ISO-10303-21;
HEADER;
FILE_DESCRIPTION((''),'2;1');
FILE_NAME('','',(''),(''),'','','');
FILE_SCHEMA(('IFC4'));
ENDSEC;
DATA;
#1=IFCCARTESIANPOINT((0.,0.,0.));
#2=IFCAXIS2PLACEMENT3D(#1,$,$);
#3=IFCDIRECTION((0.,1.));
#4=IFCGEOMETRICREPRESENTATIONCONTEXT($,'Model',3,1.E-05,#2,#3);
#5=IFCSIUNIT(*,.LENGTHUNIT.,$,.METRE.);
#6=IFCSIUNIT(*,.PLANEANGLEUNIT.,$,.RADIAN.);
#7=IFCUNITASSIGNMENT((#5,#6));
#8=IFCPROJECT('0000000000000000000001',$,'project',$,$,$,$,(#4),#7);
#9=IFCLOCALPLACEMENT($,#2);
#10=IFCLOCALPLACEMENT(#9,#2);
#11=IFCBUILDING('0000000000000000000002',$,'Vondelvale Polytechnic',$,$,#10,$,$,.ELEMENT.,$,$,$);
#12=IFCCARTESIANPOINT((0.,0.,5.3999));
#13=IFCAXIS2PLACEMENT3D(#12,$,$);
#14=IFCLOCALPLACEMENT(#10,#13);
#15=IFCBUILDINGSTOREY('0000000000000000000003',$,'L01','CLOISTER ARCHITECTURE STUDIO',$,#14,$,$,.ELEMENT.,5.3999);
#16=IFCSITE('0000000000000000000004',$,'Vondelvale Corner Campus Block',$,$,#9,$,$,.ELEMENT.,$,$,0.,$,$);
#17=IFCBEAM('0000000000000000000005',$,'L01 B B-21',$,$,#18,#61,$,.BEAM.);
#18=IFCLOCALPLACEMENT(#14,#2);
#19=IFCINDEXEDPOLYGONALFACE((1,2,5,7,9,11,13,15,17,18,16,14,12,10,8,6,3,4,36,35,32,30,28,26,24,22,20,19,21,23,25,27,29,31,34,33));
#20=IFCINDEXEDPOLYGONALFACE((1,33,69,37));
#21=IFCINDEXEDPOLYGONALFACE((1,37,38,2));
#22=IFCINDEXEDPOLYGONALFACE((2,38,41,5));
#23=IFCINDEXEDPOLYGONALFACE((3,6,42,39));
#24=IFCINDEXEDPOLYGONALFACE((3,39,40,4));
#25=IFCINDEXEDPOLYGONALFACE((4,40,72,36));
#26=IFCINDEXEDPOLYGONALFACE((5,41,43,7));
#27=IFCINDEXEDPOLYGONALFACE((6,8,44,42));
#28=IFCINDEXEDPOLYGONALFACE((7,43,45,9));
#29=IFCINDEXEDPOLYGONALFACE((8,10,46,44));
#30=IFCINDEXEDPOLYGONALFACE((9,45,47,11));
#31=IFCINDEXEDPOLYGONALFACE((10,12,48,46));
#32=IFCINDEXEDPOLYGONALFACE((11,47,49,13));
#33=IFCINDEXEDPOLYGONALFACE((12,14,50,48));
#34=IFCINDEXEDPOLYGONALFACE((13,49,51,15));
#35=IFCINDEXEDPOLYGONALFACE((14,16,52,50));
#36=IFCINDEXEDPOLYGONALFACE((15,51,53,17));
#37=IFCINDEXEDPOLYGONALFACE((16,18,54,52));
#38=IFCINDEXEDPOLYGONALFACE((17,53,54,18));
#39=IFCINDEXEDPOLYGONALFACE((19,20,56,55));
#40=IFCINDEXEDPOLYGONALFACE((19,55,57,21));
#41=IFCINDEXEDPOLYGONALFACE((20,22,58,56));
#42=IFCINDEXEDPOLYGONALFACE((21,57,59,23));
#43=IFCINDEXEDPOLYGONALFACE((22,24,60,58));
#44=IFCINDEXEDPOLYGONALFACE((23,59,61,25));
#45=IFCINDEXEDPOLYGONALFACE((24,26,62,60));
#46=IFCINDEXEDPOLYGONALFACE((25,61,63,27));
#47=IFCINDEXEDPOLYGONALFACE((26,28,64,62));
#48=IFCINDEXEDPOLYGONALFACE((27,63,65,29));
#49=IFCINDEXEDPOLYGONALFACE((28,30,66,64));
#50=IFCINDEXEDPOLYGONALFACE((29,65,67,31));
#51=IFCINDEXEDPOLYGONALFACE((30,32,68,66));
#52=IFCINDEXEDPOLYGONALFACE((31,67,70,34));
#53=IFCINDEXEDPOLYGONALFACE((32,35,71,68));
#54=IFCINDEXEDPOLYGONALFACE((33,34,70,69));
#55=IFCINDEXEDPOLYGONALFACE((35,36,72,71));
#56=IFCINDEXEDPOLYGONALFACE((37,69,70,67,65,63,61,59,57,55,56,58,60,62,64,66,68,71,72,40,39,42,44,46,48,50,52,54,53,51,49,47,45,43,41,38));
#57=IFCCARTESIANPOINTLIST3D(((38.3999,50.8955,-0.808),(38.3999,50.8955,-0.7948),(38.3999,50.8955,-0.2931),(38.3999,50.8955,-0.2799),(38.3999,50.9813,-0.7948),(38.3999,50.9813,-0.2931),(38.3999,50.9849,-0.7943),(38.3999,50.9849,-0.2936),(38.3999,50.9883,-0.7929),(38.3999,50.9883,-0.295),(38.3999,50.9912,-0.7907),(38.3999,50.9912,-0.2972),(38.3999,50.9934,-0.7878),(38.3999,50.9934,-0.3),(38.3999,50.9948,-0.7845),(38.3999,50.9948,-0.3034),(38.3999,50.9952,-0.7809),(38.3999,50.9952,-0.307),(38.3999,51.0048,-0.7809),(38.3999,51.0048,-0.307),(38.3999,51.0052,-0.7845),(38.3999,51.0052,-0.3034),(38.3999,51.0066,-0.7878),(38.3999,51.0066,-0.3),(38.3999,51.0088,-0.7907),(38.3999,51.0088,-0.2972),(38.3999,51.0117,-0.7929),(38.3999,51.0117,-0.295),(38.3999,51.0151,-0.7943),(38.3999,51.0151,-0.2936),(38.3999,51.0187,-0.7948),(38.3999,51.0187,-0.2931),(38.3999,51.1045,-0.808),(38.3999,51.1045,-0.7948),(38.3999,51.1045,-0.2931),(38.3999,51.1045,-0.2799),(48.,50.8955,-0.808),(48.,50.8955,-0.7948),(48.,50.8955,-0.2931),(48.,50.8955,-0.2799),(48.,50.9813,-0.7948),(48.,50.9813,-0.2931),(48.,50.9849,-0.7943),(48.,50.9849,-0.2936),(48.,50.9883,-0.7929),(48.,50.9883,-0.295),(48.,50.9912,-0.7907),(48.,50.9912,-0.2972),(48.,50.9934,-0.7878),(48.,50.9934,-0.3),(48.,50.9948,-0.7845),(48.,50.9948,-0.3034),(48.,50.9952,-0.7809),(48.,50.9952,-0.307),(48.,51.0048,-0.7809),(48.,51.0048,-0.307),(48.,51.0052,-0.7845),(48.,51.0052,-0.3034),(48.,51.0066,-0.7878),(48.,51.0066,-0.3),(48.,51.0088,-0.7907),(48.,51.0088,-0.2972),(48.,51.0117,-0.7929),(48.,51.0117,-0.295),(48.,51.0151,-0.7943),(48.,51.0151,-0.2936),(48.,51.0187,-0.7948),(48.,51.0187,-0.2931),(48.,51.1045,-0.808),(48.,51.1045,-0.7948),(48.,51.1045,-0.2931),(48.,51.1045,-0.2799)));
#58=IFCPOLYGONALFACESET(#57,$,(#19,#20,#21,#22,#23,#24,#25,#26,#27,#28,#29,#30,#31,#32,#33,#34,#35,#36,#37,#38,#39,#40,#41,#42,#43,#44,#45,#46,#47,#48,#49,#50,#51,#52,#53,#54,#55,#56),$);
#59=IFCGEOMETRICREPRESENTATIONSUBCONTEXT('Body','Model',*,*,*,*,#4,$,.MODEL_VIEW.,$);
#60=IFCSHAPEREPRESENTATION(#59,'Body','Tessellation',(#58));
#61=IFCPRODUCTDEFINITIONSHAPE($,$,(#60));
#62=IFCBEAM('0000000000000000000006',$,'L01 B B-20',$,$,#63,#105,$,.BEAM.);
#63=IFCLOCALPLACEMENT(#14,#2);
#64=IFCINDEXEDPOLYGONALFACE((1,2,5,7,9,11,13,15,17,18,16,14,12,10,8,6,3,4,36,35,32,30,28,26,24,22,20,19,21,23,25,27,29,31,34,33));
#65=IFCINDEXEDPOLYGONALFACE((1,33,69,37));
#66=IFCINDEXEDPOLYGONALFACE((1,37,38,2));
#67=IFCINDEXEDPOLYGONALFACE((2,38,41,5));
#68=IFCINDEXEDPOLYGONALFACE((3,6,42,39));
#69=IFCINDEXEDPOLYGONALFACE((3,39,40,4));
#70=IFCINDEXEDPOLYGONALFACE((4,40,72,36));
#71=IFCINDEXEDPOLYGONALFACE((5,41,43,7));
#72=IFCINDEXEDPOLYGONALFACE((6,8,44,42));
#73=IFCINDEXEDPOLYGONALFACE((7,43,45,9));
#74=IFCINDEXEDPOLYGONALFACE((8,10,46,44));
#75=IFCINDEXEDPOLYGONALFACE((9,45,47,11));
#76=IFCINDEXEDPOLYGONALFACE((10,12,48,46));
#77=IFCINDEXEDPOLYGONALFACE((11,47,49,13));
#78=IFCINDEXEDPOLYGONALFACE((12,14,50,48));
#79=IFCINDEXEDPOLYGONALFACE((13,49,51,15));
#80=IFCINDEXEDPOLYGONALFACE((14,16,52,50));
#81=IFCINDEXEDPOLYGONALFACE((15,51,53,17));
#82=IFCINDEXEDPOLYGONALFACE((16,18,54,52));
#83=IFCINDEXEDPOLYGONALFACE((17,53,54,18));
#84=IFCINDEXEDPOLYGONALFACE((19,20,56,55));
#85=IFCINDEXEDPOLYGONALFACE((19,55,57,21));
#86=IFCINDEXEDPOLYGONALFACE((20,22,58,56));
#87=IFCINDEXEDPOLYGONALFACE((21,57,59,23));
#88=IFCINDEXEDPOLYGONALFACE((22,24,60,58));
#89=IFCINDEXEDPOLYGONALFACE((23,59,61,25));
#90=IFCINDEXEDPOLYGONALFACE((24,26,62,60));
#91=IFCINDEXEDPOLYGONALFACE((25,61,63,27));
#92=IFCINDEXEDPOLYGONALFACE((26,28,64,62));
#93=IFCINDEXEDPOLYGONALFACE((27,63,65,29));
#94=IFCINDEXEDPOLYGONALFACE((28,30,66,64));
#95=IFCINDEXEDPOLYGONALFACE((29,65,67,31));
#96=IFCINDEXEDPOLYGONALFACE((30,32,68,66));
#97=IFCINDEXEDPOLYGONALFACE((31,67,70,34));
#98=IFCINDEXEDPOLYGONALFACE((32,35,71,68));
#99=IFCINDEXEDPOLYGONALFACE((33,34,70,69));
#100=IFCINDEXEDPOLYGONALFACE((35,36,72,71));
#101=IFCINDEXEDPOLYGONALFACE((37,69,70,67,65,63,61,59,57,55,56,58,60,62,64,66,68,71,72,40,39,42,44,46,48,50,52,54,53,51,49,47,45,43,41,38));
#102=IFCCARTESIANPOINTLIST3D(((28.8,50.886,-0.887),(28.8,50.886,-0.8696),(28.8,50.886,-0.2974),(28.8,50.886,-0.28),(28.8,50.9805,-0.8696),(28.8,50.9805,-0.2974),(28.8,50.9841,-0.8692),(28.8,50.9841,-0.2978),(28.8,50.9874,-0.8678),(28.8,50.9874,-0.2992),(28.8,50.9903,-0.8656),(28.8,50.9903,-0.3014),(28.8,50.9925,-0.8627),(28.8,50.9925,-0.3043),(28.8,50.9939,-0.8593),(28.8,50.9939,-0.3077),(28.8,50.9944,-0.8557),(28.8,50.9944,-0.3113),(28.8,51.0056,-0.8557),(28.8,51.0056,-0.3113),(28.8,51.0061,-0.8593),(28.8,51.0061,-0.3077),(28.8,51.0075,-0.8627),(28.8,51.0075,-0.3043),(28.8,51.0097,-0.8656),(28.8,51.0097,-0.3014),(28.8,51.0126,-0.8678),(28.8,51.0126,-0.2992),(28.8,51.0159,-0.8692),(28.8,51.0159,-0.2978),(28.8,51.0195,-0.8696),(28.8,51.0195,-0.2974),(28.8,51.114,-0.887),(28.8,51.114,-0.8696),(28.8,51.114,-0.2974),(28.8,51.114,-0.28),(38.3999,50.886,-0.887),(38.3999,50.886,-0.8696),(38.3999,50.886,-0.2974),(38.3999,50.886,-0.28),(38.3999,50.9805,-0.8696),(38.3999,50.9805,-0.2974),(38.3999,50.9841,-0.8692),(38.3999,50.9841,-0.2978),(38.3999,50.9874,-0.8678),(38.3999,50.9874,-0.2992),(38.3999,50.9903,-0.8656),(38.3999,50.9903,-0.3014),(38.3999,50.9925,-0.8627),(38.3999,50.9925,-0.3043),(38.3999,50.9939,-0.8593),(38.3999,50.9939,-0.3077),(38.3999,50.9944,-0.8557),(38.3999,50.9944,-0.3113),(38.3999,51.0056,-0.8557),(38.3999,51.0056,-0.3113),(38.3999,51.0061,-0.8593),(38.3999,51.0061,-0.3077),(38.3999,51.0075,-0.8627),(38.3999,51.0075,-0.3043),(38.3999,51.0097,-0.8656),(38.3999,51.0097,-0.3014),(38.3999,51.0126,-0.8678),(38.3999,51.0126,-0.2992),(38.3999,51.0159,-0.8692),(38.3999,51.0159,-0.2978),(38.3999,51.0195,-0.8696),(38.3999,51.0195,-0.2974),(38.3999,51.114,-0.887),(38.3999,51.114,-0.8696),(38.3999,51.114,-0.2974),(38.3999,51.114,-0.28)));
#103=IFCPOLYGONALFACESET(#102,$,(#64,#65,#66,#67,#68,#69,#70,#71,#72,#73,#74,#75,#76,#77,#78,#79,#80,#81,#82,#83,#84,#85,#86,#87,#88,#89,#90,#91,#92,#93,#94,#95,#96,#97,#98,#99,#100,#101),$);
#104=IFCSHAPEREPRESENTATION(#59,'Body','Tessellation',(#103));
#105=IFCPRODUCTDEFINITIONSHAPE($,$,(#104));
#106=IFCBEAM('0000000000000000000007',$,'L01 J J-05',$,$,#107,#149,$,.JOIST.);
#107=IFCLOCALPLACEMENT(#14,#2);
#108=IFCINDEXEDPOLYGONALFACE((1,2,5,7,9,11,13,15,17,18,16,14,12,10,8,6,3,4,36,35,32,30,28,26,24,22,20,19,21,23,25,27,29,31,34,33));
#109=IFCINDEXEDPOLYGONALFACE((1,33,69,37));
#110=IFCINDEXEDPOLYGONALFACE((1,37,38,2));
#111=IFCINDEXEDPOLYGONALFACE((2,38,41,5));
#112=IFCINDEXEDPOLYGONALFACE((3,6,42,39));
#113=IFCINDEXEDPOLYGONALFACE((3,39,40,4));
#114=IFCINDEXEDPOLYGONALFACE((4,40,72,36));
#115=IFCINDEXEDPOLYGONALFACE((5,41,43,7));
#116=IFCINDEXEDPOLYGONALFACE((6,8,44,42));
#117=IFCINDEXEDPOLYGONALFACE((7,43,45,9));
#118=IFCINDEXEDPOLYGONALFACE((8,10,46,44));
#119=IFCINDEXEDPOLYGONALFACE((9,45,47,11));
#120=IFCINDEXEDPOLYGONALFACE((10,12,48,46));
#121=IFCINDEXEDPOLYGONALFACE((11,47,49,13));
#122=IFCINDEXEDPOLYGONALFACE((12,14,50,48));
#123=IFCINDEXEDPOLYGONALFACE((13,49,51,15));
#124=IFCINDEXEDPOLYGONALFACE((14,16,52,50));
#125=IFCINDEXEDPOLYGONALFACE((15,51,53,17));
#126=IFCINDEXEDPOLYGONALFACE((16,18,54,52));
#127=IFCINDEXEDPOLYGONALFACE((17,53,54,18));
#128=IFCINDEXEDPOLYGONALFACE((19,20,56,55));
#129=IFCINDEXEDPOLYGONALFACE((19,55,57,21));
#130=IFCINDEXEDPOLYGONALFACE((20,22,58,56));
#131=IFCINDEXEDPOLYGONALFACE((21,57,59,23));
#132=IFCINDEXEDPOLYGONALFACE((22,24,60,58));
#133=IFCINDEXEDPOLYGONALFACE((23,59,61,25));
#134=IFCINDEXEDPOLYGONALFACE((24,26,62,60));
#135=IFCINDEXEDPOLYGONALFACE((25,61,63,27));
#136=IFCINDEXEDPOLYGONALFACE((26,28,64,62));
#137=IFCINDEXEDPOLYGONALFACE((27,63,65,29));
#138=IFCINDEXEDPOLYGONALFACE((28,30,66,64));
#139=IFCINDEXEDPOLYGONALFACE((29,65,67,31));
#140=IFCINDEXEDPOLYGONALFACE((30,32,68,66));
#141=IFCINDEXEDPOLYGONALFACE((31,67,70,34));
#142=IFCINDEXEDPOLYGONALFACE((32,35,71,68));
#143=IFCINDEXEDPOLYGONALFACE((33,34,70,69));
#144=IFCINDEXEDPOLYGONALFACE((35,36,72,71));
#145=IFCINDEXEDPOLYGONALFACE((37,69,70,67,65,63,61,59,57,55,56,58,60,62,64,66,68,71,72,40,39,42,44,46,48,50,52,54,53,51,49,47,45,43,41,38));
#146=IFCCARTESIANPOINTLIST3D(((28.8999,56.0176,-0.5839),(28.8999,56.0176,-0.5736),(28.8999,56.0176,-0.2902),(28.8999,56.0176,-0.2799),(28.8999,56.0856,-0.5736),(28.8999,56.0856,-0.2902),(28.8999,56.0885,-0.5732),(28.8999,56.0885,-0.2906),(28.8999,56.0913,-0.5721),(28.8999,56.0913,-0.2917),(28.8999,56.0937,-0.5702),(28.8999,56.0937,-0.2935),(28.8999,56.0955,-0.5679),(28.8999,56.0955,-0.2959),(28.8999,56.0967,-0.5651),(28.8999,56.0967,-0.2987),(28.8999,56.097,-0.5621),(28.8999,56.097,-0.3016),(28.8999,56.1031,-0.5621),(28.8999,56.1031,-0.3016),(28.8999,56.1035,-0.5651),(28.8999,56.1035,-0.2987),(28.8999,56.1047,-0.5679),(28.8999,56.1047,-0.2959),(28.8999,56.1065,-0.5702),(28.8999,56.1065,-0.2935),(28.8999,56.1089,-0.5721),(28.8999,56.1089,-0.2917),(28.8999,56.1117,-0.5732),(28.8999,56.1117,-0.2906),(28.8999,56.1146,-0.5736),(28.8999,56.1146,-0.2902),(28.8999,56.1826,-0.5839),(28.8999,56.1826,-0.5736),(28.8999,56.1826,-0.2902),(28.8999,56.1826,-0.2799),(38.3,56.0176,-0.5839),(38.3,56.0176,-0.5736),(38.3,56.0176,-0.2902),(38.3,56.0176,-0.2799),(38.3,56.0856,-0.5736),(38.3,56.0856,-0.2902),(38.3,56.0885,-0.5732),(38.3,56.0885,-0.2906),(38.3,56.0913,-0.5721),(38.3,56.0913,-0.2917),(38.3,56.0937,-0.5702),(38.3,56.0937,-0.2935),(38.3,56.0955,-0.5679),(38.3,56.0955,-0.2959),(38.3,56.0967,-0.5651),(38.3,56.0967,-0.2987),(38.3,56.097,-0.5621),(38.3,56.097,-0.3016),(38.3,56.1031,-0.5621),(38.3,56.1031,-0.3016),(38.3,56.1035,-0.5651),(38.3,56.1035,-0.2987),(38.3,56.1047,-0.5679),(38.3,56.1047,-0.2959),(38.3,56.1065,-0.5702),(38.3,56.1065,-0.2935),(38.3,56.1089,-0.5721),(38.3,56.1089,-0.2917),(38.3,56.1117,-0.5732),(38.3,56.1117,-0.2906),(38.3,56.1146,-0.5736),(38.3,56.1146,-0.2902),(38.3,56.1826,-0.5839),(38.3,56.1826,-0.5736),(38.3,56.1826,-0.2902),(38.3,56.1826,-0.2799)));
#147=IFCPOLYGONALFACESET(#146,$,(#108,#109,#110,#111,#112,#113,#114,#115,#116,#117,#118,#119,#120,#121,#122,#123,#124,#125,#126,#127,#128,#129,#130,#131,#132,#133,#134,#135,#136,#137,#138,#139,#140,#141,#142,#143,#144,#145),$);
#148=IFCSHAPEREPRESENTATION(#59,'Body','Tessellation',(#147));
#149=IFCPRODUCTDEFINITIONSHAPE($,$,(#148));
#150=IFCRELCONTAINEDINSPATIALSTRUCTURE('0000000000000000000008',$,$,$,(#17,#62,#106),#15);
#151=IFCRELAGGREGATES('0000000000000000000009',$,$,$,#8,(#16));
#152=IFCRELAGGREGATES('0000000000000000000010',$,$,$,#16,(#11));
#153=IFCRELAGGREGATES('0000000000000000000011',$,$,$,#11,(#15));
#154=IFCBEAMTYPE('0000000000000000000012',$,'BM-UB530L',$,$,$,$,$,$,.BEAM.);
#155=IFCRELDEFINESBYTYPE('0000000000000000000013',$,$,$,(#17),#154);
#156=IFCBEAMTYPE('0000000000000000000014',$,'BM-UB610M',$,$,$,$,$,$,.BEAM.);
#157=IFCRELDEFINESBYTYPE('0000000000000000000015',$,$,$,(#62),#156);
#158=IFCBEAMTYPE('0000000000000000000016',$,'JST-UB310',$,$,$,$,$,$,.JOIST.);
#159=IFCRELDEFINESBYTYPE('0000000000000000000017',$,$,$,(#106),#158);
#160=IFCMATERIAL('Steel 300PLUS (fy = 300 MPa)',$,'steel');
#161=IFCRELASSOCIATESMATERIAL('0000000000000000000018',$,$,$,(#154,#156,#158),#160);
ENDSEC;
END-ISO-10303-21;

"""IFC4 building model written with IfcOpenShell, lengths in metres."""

from ifc_helpers import new_model, si_unit, direction, frame, origin, origin_2d, place, context, subcontext, project, spatial, i_section, extrude, material, material_profile, profile_set, type_object, element, save


model = new_model("IFC4")

# Units and contexts
model_context = context("Model", 3, precision=1e-05, world=origin(), true_north=direction((0.0, 1.0)))
body_context = subcontext(model_context, "Body", "Model", "MODEL_VIEW")
ifc_project = project(units=[si_unit("LENGTHUNIT", "METRE"), si_unit("PLANEANGLEUNIT", "RADIAN")], contexts=[model_context])

# Site, building, storey
site_placement = place(None, origin())
site = spatial("IfcSite", under=ifc_project, at=site_placement, Name="Vondelvale Corner Campus Block", CompositionType="ELEMENT", RefElevation=0.0)
building_placement = place(site_placement, origin())
building = spatial("IfcBuilding", under=site, at=building_placement, Name="Vondelvale Polytechnic", CompositionType="ELEMENT")
storey_placement = place(building_placement, frame((0.0, 0.0, 5.3999)))
storey = spatial("IfcBuildingStorey", under=building, at=storey_placement, Name="L01", Description="CLOISTER ARCHITECTURE STUDIO", CompositionType="ELEMENT", Elevation=5.3999)

# Shared definitions
ifc_material_1 = material(Name="Steel 300PLUS (fy = 300 MPa)", Category="steel")

# Beams
ifc_material_profile_1 = material_profile(ifc_material_1, i_section(OverallWidth=0.209, OverallDepth=0.5281, WebThickness=0.0095, FlangeThickness=0.0132, FilletRadius=0.0139, at=origin_2d()), Name="530UB82.0")
ifc_profile_set_1 = profile_set([ifc_material_profile_1], Name="Steel 300PLUS (fy = 300 MPa)")
beam_type_1 = type_object("IfcBeamType", Name="BM-UB530L", PredefinedType="BEAM", material=ifc_profile_set_1)
beam_1_placement = place(storey_placement, frame((38.3999, 51.0, -0.5439), z_axis=(1.0, 0.0, 0.0), x_axis=(0.0, 1.0, 0.0)))
element("IfcBeam", 1, at=beam_1_placement, inside=storey, type_object=beam_type_1, Name="L01 B B-21", PredefinedType="BEAM", context=body_context, shape_type="SweptSolid", body=[
    extrude(i_section(OverallWidth=0.209, OverallDepth=0.5281, WebThickness=0.0095, FlangeThickness=0.0132, FilletRadius=0.0139, at=origin_2d()), origin(), (0.0, 0.0, 1.0), 9.6001),
])
ifc_material_profile_2 = material_profile(ifc_material_1, i_section(OverallWidth=0.228, OverallDepth=0.6069, WebThickness=0.0112, FlangeThickness=0.0173, FilletRadius=0.0139, at=origin_2d()), Name="610UB113")
ifc_profile_set_2 = profile_set([ifc_material_profile_2], Name="Steel 300PLUS (fy = 300 MPa)")
beam_type_2 = type_object("IfcBeamType", Name="BM-UB610M", PredefinedType="BEAM", material=ifc_profile_set_2)
beam_2_placement = place(storey_placement, frame((28.8, 51.0, -0.5835), z_axis=(1.0, 0.0, 0.0), x_axis=(0.0, 1.0, 0.0)))
element("IfcBeam", 2, at=beam_2_placement, inside=storey, type_object=beam_type_2, Name="L01 B B-20", PredefinedType="BEAM", context=body_context, shape_type="SweptSolid", body=[
    extrude(i_section(OverallWidth=0.228, OverallDepth=0.6069, WebThickness=0.0112, FlangeThickness=0.0173, FilletRadius=0.0139, at=origin_2d()), origin(), (0.0, 0.0, 1.0), 9.5999),
])
ifc_material_profile_3 = material_profile(ifc_material_1, i_section(OverallWidth=0.165, OverallDepth=0.304, WebThickness=0.0061, FlangeThickness=0.0103, FilletRadius=0.0115, at=origin_2d()), Name="310UB40.4")
ifc_profile_set_3 = profile_set([ifc_material_profile_3], Name="Steel 300PLUS (fy = 300 MPa)")
beam_type_3 = type_object("IfcBeamType", Name="JST-UB310", PredefinedType="JOIST", material=ifc_profile_set_3)
beam_3_placement = place(storey_placement, frame((28.8999, 56.1001, -0.4319), z_axis=(1.0, 0.0, 0.0), x_axis=(0.0, 1.0, 0.0)))
element("IfcBeam", 3, at=beam_3_placement, inside=storey, type_object=beam_type_3, Name="L01 J J-05", PredefinedType="JOIST", context=body_context, shape_type="SweptSolid", body=[
    extrude(i_section(OverallWidth=0.165, OverallDepth=0.304, WebThickness=0.0061, FlangeThickness=0.0103, FilletRadius=0.0115, at=origin_2d()), origin(), (0.0, 0.0, 1.0), 9.4001),
])

save(model, "model.ifc")
